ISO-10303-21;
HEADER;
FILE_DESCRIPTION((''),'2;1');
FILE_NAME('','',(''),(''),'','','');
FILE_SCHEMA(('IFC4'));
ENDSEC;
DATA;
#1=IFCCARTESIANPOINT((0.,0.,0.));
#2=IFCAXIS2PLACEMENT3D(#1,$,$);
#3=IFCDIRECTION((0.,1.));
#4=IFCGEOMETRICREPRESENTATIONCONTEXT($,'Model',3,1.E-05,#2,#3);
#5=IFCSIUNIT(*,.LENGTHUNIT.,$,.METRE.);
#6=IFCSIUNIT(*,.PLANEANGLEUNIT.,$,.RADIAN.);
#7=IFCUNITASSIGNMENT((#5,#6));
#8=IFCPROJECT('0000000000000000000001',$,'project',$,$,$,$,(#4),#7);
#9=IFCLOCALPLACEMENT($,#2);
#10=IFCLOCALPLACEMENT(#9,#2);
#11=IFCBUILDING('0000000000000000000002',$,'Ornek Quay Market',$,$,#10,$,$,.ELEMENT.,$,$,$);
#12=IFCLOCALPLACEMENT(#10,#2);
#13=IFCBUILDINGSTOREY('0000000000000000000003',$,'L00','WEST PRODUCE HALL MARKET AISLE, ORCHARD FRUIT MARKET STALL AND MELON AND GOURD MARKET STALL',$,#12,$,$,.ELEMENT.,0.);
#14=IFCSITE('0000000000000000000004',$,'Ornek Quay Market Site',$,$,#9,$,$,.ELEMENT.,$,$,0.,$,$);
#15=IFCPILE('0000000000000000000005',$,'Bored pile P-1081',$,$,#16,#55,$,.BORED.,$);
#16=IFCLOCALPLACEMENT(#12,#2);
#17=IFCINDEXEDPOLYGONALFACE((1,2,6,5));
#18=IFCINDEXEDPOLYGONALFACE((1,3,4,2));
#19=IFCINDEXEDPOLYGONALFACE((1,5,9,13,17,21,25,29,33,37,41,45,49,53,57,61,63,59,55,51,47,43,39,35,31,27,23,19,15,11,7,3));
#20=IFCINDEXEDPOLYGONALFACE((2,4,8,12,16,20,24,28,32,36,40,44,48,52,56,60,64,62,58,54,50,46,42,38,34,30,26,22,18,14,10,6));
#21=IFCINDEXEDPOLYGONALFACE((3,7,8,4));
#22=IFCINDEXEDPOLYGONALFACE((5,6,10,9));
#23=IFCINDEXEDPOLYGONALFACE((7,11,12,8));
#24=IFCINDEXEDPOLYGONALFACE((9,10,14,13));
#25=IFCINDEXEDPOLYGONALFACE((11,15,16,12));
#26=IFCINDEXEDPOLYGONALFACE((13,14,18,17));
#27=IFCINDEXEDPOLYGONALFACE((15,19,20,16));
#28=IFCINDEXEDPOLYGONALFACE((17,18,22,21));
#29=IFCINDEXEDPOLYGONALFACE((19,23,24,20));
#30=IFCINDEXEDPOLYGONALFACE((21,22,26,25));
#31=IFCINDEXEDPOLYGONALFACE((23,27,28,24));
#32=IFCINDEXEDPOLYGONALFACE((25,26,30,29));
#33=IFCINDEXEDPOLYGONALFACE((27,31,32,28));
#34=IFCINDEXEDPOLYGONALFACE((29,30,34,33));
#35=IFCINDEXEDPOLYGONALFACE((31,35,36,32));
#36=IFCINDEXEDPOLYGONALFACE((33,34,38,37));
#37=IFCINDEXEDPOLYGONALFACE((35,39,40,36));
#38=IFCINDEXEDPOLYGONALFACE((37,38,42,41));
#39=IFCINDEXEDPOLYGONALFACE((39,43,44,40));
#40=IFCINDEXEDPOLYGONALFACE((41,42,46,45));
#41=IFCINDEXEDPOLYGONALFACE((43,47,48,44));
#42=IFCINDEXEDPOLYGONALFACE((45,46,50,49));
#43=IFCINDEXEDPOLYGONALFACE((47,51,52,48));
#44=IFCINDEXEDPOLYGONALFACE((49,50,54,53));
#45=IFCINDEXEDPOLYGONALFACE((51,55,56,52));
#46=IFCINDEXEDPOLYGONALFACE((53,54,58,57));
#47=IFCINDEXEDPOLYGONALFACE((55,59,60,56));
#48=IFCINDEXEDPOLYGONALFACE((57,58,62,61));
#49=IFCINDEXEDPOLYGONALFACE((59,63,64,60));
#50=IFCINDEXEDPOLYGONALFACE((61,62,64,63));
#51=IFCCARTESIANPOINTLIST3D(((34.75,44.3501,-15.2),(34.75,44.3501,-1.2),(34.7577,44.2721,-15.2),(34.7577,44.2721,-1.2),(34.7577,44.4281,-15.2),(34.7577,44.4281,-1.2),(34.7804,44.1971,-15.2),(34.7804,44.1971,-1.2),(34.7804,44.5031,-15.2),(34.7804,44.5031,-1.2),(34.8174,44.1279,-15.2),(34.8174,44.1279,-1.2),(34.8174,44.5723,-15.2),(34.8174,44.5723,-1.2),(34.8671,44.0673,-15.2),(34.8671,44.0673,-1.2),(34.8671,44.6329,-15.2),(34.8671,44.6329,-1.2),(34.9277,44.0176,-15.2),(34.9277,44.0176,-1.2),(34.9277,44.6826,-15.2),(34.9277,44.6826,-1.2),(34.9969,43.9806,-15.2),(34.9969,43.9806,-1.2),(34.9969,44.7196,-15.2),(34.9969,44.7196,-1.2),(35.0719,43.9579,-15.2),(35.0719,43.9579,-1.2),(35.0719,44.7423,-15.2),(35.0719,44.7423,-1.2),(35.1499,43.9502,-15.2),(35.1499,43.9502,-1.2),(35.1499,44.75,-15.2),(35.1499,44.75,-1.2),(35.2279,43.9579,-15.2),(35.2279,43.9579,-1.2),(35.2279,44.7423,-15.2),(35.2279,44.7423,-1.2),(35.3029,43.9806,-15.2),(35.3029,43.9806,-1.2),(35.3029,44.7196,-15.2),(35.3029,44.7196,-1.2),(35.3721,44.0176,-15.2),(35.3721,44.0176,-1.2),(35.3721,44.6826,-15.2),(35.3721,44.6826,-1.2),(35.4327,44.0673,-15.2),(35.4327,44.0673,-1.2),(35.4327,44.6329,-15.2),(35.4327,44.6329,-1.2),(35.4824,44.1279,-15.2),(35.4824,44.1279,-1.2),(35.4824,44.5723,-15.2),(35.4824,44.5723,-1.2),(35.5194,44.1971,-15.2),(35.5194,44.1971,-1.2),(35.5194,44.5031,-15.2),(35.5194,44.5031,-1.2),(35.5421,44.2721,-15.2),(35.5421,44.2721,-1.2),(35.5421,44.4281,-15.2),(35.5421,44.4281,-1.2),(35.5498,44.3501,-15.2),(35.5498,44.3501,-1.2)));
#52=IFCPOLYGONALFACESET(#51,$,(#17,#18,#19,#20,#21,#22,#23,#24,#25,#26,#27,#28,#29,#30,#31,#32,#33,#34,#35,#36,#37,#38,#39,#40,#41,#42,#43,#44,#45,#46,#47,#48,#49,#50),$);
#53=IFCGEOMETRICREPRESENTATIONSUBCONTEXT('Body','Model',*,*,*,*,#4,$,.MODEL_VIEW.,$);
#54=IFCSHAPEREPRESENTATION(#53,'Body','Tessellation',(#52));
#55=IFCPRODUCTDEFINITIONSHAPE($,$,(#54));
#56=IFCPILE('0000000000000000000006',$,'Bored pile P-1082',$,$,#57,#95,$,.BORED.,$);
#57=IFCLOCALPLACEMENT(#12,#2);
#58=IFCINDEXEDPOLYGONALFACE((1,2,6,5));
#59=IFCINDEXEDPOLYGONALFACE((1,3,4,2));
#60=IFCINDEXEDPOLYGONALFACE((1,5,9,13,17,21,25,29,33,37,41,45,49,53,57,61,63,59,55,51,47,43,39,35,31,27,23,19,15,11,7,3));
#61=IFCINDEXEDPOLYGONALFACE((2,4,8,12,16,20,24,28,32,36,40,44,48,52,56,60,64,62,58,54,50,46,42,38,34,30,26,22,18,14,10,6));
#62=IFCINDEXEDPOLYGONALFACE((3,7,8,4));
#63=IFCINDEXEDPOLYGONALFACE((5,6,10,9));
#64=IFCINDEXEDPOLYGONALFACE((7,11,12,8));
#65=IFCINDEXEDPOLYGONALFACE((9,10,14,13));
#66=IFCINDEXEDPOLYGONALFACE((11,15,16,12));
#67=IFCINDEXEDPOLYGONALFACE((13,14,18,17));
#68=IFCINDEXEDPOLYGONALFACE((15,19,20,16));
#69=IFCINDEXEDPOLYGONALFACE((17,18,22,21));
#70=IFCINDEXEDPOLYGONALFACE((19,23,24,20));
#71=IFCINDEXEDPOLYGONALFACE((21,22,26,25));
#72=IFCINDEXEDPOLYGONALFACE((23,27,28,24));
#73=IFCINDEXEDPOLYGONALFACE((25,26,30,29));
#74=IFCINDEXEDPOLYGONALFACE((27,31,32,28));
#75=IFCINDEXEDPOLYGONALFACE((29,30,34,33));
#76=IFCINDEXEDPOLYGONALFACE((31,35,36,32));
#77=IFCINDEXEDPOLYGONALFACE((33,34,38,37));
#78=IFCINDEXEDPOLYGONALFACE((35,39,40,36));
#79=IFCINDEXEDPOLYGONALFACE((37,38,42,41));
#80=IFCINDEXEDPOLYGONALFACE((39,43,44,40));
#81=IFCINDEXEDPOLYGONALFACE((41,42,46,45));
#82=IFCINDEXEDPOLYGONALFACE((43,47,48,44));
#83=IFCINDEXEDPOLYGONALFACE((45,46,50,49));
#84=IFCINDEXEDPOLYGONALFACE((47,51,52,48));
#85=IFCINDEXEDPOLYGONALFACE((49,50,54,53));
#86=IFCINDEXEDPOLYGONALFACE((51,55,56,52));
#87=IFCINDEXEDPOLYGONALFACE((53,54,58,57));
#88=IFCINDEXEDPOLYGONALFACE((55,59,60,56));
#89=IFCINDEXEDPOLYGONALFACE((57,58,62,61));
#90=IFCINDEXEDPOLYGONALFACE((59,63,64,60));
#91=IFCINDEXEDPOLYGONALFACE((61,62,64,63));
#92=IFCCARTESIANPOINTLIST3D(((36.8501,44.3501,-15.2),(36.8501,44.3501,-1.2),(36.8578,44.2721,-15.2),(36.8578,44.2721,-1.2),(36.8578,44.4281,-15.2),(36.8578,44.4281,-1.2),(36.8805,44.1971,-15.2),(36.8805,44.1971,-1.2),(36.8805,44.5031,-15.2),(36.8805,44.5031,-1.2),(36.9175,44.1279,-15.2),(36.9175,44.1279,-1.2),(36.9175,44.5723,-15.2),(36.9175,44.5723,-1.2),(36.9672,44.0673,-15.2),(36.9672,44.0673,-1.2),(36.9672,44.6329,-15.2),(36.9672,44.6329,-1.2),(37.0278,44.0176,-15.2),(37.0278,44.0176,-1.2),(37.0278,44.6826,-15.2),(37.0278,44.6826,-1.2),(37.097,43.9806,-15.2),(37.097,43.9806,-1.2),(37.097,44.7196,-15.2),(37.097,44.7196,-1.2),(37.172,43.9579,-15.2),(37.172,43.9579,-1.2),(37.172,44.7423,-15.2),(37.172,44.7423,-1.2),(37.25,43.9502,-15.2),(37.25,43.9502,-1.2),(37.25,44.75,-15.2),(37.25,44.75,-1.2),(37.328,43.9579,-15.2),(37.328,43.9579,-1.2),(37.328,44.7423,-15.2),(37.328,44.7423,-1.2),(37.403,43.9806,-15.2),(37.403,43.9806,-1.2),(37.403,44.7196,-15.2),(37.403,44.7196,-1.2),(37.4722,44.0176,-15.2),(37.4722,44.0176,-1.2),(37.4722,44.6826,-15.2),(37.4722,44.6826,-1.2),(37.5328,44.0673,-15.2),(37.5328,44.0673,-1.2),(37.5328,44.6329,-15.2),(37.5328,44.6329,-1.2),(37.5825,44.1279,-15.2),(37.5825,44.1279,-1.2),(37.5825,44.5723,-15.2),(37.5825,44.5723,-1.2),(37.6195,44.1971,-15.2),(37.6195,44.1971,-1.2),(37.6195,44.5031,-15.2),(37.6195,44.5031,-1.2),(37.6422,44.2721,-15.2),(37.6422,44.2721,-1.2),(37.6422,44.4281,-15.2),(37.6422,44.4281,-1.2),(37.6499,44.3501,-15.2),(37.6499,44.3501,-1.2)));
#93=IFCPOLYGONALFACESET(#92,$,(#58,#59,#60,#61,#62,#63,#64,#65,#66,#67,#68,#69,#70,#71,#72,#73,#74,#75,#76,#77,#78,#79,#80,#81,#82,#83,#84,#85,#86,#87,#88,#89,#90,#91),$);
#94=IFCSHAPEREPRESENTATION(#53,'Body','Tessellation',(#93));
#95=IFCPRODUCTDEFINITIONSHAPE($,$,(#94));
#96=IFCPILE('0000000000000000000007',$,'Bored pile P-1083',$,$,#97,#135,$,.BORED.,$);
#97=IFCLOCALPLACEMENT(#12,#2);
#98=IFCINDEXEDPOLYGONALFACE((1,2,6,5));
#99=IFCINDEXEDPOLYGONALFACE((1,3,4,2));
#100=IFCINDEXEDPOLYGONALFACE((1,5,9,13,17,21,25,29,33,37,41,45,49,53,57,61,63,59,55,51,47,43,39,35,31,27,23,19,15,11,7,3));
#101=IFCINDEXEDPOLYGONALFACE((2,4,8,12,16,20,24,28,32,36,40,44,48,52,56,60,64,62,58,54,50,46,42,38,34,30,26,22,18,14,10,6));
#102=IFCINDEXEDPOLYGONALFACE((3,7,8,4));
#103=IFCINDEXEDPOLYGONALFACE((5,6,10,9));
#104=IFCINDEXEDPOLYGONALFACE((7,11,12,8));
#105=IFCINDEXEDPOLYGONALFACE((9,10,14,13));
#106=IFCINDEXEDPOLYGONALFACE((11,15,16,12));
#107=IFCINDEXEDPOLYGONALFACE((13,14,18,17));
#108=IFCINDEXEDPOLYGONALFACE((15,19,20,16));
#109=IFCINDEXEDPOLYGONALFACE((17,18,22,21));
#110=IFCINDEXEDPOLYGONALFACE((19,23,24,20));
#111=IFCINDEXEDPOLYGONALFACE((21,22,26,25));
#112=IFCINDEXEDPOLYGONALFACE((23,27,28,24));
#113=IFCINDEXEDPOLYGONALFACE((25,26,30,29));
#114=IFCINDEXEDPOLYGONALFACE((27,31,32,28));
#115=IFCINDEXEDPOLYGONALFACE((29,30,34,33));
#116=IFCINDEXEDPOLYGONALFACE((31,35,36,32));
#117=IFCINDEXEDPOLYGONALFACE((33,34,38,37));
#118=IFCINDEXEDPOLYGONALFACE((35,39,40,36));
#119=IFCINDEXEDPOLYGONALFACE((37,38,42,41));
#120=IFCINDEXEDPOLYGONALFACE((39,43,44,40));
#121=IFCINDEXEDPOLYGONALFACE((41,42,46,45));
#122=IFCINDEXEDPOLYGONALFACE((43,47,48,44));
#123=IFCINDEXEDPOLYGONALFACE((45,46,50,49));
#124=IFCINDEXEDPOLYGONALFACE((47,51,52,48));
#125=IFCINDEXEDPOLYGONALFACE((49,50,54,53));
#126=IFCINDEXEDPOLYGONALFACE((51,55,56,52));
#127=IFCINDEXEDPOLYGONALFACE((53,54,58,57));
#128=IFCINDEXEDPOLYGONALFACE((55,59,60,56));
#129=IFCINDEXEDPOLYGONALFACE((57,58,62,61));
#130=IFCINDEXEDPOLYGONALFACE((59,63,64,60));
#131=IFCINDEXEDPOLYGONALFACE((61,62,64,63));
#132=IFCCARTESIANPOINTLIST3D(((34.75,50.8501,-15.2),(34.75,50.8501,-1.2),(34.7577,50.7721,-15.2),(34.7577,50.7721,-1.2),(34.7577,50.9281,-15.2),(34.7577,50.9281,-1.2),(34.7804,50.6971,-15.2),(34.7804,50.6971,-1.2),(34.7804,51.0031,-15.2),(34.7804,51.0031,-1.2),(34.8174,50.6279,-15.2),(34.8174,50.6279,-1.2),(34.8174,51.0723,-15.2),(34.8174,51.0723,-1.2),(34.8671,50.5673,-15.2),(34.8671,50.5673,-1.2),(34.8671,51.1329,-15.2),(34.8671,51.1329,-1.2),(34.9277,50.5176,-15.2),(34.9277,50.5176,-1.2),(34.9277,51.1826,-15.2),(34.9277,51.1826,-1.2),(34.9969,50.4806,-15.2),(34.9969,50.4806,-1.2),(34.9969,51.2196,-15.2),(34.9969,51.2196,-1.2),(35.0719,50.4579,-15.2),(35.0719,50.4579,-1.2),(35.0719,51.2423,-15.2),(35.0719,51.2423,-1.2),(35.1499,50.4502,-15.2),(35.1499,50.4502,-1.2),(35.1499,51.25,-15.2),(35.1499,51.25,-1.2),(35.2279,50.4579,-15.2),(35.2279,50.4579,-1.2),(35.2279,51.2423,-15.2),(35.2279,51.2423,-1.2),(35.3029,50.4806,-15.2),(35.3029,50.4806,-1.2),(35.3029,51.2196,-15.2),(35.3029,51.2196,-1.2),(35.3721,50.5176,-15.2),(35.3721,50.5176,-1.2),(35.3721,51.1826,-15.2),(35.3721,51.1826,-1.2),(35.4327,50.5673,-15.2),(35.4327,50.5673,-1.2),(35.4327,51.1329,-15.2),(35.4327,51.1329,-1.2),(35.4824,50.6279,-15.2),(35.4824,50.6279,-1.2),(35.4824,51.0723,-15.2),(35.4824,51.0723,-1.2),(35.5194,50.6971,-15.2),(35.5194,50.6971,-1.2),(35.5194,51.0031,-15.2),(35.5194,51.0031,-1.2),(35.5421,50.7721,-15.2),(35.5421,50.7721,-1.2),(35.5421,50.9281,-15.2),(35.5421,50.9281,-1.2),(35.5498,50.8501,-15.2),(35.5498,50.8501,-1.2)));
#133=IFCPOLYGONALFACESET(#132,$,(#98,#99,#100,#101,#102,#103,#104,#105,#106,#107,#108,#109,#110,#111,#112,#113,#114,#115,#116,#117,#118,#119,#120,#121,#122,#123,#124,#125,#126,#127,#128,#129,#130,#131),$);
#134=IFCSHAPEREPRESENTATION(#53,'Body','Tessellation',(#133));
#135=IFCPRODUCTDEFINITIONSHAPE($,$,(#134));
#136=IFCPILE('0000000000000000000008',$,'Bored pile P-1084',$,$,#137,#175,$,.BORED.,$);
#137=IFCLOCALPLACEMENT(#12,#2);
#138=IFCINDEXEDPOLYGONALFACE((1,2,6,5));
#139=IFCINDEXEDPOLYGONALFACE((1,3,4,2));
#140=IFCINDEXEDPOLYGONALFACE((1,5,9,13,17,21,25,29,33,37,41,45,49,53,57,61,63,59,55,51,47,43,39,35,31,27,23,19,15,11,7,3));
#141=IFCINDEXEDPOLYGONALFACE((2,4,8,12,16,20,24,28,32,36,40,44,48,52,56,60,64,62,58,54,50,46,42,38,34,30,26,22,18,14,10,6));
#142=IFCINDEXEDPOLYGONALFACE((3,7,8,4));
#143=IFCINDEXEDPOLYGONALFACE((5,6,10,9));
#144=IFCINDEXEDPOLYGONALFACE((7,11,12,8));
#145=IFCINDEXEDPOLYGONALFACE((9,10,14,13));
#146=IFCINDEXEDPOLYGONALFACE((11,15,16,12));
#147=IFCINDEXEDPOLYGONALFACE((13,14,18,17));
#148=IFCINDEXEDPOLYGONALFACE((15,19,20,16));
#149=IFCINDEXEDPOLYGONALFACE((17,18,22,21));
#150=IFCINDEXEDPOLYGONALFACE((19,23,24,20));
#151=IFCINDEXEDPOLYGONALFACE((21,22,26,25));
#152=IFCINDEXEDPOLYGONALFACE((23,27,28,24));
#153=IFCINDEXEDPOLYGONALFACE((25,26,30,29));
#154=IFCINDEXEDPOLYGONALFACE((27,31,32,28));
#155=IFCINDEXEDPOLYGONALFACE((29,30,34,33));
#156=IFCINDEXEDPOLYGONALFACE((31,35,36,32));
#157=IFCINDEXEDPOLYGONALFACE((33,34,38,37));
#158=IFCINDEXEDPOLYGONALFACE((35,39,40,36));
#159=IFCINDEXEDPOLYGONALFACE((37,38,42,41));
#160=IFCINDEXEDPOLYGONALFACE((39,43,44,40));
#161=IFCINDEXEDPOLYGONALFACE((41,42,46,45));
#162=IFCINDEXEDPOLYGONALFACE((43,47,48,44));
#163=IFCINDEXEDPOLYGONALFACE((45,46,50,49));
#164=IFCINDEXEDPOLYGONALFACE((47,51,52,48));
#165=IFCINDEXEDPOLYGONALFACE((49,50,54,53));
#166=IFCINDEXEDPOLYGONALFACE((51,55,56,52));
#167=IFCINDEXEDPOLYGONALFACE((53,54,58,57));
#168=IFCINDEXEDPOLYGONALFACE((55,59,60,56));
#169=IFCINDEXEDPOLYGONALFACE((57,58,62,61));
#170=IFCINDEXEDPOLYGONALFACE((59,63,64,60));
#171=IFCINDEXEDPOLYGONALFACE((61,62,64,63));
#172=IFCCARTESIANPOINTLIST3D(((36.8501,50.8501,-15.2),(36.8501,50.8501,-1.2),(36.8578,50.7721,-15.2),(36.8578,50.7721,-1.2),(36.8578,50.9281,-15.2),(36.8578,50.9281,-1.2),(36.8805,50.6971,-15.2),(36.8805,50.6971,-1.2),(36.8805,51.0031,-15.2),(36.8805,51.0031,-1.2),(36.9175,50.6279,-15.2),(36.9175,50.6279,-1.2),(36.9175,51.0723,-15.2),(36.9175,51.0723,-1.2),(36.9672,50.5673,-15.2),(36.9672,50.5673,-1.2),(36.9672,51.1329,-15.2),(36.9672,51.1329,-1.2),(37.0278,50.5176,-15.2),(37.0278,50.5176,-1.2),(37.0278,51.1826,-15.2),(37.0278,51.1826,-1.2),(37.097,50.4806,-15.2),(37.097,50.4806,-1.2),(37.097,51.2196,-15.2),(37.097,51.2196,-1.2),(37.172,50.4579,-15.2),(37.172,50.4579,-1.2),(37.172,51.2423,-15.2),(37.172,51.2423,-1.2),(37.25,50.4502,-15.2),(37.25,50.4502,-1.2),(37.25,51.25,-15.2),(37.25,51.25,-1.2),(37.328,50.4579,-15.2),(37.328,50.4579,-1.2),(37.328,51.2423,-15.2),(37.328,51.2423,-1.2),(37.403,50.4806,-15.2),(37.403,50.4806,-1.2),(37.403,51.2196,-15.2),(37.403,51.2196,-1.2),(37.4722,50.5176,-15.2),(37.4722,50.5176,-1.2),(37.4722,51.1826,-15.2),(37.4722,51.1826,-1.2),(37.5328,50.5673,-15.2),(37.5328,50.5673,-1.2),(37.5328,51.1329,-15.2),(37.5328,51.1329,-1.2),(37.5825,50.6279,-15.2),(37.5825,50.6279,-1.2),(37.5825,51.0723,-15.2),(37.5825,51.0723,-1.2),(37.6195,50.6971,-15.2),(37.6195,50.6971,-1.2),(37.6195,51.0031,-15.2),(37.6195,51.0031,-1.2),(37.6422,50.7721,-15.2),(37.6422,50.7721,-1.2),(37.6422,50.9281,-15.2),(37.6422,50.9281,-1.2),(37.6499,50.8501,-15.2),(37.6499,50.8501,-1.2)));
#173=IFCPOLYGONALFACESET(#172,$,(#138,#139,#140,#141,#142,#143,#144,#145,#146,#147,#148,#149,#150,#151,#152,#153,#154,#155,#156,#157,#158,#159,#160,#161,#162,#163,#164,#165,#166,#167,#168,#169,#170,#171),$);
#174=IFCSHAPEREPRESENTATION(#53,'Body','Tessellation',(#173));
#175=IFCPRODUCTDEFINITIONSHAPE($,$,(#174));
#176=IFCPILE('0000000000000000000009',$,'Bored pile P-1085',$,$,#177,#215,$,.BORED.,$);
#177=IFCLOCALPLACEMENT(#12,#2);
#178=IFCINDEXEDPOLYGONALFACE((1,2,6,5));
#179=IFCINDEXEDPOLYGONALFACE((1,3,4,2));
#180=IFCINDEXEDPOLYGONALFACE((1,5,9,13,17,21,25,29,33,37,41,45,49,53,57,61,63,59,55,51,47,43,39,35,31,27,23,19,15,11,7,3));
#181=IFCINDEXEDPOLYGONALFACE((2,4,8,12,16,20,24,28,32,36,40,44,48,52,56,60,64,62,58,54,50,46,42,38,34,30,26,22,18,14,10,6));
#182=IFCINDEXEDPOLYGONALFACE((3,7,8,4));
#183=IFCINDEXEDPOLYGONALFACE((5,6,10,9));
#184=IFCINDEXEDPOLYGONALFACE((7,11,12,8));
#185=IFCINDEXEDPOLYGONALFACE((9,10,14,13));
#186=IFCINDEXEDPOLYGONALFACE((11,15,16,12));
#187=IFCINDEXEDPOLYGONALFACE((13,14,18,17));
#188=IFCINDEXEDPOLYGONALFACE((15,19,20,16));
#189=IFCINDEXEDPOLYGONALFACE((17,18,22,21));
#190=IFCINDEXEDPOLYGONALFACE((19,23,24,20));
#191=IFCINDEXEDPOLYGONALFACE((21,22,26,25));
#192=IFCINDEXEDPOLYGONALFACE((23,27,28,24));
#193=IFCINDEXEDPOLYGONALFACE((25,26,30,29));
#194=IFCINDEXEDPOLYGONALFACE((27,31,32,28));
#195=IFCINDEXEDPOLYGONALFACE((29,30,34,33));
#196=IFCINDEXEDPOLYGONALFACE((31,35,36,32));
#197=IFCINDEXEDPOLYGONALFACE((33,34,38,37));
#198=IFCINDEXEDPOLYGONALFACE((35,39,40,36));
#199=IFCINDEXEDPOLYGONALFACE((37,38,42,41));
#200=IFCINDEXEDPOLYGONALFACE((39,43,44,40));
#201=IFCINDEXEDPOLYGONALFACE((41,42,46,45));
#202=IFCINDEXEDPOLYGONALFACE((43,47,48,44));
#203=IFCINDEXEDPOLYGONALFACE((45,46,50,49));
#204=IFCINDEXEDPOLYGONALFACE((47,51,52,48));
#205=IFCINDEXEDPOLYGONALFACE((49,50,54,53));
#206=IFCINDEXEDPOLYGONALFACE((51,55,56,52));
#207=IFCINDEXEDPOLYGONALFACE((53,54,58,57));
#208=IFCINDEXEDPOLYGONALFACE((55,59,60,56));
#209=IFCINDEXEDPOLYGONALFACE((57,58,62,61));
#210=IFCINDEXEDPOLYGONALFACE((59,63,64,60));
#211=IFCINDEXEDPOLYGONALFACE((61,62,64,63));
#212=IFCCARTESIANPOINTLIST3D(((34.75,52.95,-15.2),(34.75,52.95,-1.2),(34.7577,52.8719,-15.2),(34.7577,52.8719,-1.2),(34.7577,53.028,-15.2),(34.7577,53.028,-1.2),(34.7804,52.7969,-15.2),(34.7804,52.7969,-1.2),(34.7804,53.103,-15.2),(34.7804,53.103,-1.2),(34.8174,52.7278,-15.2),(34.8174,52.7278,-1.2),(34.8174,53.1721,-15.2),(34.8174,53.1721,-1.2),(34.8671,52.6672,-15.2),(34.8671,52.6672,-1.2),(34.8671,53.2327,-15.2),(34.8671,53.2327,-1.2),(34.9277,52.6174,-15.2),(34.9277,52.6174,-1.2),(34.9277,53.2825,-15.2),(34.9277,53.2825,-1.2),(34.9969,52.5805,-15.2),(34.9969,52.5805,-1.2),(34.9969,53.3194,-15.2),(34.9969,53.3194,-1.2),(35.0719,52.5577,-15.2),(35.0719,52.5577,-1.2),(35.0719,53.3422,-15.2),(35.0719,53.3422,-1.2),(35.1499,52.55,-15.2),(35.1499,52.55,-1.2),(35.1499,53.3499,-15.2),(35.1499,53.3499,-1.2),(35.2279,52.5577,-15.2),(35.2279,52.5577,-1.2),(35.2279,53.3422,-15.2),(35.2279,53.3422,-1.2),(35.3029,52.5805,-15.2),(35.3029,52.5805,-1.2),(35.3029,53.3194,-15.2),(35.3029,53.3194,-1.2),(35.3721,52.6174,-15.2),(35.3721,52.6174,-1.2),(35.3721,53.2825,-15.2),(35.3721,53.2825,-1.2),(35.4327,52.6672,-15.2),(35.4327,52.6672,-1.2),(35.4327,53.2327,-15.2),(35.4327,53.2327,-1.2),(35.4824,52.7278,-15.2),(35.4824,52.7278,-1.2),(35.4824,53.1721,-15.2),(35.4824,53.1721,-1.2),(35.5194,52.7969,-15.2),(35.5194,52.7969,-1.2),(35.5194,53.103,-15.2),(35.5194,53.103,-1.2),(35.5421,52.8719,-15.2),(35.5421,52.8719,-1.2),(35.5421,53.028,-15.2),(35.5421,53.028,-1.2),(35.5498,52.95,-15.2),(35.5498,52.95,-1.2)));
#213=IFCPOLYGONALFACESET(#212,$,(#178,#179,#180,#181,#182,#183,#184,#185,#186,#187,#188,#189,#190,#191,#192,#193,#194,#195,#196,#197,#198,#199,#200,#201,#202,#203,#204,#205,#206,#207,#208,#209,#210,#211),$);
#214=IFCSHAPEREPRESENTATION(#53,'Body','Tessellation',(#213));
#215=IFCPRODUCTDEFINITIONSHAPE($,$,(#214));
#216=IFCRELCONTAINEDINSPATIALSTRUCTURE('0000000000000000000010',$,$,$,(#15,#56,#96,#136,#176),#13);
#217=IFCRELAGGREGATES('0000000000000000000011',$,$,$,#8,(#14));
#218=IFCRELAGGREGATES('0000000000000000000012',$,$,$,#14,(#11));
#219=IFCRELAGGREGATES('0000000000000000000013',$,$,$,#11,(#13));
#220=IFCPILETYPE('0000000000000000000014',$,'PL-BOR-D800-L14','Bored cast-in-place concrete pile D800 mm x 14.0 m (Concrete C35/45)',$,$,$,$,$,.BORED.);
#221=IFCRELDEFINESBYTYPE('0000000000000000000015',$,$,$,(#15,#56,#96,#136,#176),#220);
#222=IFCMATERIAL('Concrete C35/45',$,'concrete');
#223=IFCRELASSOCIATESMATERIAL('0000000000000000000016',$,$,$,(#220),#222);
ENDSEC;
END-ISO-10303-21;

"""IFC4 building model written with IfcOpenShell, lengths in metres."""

from ifc_helpers import new_model, si_unit, direction, frame, origin, origin_2d, place, context, subcontext, project, spatial, circle, extrude, material, material_profile, profile_set, type_object, element, save


model = new_model("IFC4")

# Units and contexts
model_context = context("Model", 3, precision=1e-05, world=origin(), true_north=direction((0.0, 1.0)))
body_context = subcontext(model_context, "Body", "Model", "MODEL_VIEW")
ifc_project = project(units=[si_unit("LENGTHUNIT", "METRE"), si_unit("PLANEANGLEUNIT", "RADIAN")], contexts=[model_context])

# Site, building, storey
site_placement = place(None, origin())
site = spatial("IfcSite", under=ifc_project, at=site_placement, Name="Ornek Quay Market Site", CompositionType="ELEMENT", RefElevation=0.0)
building_placement = place(site_placement, origin())
building = spatial("IfcBuilding", under=site, at=building_placement, Name="Ornek Quay Market", CompositionType="ELEMENT")
storey_placement = place(building_placement, origin())
storey = spatial("IfcBuildingStorey", under=building, at=storey_placement, Name="L00", Description="WEST PRODUCE HALL MARKET AISLE, ORCHARD FRUIT MARKET STALL AND MELON AND GOURD MARKET STALL", CompositionType="ELEMENT", Elevation=0.0)

# Piles
ifc_material_1 = material(Name="Concrete C35/45", Category="concrete")
ifc_material_profile_1 = material_profile(ifc_material_1, circle(Radius=0.3999, at=origin_2d()), Name="PILE D800", Category="concrete")
ifc_profile_set_1 = profile_set([ifc_material_profile_1], Name="Concrete C35/45")
pile_type_1 = type_object("IfcPileType", Name="PL-BOR-D800-L14", Description="Bored cast-in-place concrete pile D800 mm x 14.0 m (Concrete C35/45)", PredefinedType="BORED", material=ifc_profile_set_1)
for number, where, z_axis, x_axis, name in (
    (1, (35.1499, 44.3501, -1.2), (0.0, 0.0, -1.0), (1.0, 0.0, 0.0), "Bored pile P-1081"),
    (2, (37.25, 44.3501, -1.2), (0.0, 0.0, -1.0), (1.0, 0.0, 0.0), "Bored pile P-1082"),
    (3, (35.1499, 50.8501, -1.2), (0.0, 0.0, -1.0), (1.0, 0.0, 0.0), "Bored pile P-1083"),
    (4, (37.25, 50.8501, -1.2), (0.0, 0.0, -1.0), (1.0, 0.0, 0.0), "Bored pile P-1084"),
    (5, (35.1499, 52.95, -1.2), (0.0, 0.0, -1.0), (1.0, 0.0, 0.0), "Bored pile P-1085"),
):
    element("IfcPile", number, at=place(storey_placement, frame(where, z_axis=z_axis, x_axis=x_axis)), inside=storey, type_object=pile_type_1, Name=name, PredefinedType="BORED", context=body_context, shape_type="SweptSolid", body=[
        extrude(circle(Radius=0.3999, at=origin_2d()), origin(), (0.0, 0.0, 1.0), 14.0),
    ])

save(model, "model.ifc")
